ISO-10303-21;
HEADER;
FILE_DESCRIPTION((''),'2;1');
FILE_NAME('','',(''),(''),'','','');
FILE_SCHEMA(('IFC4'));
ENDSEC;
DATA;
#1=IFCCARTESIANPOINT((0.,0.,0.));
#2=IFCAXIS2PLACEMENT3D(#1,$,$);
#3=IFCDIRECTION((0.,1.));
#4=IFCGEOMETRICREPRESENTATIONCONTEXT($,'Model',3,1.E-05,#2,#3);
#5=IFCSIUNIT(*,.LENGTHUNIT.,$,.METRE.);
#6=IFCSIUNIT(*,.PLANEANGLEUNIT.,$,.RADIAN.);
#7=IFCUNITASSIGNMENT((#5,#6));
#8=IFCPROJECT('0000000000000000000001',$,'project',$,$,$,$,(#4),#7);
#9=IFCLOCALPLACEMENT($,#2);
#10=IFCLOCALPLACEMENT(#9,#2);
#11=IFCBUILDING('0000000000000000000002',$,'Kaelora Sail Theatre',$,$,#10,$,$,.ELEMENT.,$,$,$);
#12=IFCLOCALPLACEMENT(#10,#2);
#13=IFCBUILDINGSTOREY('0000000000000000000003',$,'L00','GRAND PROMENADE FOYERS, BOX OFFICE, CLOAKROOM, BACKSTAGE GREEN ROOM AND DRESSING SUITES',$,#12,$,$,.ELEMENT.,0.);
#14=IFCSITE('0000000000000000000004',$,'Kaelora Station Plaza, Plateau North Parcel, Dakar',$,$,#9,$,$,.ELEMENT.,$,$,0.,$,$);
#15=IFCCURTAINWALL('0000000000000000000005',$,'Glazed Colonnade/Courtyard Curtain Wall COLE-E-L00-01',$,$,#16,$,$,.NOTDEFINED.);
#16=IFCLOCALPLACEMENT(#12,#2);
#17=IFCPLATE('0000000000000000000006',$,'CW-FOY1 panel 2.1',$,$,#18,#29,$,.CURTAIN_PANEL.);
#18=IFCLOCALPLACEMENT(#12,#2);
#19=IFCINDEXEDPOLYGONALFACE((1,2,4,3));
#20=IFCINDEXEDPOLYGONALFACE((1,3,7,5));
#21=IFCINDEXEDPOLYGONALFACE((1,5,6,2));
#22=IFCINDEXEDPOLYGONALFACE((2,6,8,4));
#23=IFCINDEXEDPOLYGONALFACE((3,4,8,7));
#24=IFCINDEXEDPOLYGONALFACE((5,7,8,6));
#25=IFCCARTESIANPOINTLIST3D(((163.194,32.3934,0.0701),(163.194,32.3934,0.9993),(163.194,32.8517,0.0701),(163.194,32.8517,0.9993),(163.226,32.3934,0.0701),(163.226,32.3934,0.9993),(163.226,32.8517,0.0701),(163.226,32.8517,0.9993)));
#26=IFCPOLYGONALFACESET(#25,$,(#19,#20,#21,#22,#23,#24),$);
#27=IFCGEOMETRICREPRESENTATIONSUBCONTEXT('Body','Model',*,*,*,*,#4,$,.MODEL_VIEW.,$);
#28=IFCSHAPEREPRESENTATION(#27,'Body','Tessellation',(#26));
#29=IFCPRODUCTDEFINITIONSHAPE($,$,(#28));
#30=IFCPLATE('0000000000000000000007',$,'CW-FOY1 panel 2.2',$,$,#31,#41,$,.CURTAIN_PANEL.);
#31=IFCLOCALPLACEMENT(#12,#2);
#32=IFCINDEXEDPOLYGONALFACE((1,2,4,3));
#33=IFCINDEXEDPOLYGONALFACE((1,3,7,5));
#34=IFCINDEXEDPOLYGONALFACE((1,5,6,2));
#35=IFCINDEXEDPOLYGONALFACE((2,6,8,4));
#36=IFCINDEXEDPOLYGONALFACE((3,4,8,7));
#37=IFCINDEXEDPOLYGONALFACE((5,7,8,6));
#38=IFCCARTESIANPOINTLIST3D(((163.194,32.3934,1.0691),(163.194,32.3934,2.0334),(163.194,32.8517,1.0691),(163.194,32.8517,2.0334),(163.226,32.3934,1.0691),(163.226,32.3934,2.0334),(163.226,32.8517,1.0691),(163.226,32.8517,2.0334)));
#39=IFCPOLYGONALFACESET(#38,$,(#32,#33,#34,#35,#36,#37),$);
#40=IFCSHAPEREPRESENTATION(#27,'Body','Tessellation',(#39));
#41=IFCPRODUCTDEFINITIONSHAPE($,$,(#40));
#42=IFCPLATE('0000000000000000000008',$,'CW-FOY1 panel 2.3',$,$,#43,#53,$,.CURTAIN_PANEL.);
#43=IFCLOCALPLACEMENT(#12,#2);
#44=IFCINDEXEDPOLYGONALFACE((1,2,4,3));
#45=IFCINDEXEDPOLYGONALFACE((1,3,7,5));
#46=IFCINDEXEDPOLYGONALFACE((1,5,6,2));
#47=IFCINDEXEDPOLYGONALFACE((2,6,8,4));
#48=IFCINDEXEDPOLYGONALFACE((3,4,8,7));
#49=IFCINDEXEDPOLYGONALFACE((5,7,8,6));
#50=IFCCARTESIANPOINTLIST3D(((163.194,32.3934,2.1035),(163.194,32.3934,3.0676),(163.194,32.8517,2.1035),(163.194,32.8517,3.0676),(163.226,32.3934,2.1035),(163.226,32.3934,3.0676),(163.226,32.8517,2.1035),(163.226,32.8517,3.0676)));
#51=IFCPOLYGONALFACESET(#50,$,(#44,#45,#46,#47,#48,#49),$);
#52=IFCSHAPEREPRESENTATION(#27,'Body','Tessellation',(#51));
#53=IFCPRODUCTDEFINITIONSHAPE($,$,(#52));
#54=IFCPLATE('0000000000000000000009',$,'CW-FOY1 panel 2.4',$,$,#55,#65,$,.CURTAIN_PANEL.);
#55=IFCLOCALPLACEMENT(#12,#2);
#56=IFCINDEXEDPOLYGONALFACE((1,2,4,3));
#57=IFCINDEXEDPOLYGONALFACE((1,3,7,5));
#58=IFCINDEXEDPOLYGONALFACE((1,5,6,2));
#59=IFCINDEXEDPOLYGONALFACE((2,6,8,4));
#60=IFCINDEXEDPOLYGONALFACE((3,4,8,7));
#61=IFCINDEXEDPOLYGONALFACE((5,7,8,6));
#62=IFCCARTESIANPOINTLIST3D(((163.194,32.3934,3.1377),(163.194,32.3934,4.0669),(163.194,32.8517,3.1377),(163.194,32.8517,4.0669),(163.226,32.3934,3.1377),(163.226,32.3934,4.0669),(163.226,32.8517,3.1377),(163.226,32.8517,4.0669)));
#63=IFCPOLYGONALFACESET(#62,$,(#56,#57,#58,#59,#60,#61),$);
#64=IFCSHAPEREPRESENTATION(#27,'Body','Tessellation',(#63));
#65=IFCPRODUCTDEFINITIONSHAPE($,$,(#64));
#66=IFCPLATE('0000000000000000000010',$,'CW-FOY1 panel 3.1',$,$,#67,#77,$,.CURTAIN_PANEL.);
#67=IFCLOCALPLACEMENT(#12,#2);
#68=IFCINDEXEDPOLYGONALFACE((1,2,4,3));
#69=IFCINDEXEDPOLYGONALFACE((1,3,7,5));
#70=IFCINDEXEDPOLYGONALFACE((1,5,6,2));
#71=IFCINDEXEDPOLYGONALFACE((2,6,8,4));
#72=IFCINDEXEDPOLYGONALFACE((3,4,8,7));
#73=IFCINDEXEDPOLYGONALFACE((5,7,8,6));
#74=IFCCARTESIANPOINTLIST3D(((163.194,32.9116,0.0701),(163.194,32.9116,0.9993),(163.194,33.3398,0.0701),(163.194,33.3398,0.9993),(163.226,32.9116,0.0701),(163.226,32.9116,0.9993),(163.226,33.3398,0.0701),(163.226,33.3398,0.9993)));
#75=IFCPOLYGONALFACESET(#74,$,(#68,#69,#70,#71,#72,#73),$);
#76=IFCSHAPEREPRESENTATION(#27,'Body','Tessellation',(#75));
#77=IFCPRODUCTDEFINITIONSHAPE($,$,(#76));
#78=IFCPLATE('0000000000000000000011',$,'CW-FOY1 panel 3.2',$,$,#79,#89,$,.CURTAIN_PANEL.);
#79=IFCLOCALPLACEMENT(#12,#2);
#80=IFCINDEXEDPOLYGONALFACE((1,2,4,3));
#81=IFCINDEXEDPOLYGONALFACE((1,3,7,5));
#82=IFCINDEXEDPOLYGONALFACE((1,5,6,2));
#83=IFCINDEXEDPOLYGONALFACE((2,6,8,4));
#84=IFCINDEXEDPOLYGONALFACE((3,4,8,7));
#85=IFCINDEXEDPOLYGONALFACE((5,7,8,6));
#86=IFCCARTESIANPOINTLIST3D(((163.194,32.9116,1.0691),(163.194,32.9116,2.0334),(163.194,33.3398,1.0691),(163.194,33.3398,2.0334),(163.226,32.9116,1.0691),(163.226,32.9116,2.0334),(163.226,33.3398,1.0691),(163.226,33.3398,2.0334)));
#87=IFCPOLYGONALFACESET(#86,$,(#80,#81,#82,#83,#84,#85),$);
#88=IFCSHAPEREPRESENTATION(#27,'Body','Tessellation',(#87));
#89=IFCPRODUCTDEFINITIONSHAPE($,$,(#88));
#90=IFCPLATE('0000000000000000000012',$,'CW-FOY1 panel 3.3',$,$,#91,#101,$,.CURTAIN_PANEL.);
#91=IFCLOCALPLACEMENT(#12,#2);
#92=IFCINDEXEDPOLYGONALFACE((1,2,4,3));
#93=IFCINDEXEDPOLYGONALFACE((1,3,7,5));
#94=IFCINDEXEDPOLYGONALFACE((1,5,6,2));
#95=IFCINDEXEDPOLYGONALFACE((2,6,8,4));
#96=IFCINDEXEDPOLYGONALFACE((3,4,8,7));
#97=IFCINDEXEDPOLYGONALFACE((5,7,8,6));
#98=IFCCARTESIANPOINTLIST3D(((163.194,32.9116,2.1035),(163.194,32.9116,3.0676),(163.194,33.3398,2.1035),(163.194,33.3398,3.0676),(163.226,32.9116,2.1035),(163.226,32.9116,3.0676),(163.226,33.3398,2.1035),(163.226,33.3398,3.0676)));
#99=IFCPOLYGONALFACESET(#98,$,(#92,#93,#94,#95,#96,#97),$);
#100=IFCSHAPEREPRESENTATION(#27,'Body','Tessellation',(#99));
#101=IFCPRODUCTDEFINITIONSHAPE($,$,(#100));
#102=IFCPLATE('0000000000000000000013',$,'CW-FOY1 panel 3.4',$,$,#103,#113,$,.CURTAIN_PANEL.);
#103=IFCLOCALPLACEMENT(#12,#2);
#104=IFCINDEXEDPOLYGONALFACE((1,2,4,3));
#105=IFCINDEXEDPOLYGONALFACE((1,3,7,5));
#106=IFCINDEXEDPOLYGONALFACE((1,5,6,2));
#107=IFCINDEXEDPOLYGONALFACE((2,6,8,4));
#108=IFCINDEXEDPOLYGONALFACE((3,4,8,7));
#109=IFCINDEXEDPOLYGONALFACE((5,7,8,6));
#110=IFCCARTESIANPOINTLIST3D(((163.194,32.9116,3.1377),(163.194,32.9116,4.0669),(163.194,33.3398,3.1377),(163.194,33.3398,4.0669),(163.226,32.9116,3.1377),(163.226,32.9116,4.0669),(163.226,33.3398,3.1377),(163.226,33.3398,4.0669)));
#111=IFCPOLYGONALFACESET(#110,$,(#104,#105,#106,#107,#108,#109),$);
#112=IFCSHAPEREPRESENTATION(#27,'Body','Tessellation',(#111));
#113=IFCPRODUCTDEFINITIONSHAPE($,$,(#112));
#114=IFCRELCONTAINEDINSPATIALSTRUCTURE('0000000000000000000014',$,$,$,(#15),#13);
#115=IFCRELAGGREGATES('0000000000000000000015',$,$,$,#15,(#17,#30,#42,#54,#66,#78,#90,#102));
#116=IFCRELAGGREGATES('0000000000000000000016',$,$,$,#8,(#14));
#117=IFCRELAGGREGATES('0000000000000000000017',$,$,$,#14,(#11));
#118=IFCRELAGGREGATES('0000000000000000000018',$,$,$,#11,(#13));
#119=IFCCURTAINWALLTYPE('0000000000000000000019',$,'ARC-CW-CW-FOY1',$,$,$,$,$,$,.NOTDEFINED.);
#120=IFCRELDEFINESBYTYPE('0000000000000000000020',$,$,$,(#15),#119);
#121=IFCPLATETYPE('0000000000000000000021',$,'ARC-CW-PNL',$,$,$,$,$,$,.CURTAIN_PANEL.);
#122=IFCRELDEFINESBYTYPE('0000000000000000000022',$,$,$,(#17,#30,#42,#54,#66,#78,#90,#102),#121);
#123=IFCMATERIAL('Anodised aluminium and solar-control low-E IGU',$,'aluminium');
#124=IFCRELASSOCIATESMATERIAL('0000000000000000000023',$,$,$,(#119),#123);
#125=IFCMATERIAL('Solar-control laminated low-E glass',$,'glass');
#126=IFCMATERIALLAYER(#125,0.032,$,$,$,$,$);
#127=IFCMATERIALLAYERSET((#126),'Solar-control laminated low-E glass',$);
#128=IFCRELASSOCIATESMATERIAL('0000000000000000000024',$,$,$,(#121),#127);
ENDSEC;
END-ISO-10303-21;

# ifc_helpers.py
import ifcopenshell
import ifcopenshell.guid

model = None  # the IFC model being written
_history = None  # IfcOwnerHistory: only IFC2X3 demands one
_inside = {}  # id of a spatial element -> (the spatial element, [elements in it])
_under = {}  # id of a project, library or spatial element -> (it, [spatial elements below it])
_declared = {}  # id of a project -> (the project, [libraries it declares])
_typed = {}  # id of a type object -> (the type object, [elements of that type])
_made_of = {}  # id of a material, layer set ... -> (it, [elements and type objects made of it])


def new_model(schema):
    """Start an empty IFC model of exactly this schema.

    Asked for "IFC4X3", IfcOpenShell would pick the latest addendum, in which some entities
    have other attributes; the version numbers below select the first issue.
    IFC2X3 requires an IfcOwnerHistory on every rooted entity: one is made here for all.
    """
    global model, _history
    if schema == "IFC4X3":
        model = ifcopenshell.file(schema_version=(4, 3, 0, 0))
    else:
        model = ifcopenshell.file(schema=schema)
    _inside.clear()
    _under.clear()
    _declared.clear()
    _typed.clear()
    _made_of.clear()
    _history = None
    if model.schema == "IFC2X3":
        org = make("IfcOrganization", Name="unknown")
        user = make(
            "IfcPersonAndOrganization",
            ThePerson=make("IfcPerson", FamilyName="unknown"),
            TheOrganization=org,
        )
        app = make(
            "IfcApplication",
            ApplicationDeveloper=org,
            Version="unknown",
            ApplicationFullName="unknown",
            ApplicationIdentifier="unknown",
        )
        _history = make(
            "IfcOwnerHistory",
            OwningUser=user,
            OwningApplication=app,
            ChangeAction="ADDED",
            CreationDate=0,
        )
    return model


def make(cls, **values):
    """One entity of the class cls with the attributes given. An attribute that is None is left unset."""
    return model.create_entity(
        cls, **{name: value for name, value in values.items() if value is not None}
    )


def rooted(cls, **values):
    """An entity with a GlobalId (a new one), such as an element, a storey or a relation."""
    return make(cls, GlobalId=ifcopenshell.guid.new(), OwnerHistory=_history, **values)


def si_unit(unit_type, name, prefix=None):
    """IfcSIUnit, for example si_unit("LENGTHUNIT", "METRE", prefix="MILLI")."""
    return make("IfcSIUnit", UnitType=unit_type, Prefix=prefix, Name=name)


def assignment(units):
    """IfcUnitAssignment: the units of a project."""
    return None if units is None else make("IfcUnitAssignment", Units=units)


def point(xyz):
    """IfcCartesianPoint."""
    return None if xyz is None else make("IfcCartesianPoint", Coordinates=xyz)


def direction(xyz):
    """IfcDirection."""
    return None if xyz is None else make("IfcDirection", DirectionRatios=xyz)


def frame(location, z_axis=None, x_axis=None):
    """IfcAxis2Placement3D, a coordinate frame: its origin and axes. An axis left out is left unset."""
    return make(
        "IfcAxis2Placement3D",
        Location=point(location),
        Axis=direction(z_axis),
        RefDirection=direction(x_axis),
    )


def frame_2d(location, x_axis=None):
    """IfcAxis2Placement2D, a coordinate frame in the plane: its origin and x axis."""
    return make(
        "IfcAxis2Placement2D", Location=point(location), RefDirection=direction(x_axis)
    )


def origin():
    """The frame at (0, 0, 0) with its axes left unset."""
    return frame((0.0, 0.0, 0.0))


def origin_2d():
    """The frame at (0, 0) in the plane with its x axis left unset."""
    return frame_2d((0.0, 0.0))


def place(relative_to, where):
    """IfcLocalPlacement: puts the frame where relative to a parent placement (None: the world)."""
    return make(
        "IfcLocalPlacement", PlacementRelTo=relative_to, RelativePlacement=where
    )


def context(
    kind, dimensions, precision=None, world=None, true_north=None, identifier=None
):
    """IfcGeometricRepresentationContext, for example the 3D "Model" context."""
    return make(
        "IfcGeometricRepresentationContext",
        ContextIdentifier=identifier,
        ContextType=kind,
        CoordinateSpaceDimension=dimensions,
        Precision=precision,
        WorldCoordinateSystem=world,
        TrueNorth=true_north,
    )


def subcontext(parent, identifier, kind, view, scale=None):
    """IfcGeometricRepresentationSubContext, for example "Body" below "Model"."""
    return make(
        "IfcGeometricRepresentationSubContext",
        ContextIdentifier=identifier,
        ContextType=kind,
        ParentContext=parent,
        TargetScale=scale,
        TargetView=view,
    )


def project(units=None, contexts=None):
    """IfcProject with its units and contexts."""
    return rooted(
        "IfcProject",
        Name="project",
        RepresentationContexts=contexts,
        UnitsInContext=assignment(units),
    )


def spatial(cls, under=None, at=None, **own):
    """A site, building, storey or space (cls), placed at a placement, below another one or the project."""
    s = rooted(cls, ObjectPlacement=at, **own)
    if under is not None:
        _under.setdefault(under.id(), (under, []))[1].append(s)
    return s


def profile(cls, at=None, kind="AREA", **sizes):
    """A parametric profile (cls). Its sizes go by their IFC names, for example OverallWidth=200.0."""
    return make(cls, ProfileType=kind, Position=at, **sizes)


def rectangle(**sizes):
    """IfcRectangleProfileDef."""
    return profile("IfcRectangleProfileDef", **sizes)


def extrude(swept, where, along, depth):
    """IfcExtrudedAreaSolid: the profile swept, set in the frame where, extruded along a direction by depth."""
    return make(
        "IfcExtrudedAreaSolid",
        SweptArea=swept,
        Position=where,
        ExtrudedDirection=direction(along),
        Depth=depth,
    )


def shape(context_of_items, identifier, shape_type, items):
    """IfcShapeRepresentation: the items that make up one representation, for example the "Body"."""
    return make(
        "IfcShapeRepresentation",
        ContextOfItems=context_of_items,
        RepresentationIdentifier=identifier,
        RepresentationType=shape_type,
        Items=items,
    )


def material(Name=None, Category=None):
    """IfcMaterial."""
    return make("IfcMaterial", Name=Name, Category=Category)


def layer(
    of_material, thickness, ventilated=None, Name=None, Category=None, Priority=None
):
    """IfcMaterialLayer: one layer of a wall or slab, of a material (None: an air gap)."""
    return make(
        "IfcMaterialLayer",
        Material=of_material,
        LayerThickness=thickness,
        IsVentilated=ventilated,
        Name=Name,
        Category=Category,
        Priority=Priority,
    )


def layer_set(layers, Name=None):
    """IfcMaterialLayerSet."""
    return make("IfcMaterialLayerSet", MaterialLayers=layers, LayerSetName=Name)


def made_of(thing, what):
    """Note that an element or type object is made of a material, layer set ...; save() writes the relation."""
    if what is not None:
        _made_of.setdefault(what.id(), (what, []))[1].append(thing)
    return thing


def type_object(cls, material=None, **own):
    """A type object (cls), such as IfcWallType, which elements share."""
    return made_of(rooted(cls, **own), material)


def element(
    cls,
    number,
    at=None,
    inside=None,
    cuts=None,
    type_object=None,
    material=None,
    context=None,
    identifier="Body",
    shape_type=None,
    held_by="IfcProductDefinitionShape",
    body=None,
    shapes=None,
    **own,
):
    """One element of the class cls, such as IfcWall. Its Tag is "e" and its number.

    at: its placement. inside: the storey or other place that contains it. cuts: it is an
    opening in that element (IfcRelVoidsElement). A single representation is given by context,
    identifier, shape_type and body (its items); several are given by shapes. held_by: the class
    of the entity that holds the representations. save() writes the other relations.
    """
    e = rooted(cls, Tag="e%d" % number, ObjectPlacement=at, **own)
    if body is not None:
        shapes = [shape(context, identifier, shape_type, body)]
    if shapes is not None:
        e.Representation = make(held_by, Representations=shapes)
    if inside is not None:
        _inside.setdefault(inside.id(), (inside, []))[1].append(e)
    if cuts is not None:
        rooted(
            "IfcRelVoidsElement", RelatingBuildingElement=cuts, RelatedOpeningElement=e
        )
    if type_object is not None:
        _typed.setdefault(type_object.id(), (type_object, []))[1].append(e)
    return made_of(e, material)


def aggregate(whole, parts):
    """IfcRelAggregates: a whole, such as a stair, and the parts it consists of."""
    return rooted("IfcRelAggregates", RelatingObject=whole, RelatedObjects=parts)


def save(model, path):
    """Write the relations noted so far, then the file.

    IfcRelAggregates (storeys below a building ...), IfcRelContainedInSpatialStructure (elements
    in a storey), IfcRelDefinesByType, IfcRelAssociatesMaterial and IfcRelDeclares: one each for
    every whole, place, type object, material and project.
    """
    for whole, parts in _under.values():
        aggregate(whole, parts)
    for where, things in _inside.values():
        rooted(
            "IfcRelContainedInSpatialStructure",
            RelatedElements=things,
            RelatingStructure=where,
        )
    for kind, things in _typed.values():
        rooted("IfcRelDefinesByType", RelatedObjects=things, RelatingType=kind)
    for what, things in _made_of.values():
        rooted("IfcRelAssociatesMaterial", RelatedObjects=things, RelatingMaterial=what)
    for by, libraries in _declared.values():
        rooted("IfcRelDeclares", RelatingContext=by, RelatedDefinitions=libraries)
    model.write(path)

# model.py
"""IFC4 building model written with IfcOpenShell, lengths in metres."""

from ifc_helpers import new_model, si_unit, direction, frame, origin, origin_2d, place, context, subcontext, project, spatial, rectangle, extrude, material, layer, layer_set, type_object, element, aggregate, save


model = new_model("IFC4")

# Units and contexts
model_context = context("Model", 3, precision=1e-05, world=origin(), true_north=direction((0.0, 1.0)))
body_context = subcontext(model_context, "Body", "Model", "MODEL_VIEW")
ifc_project = project(units=[si_unit("LENGTHUNIT", "METRE"), si_unit("PLANEANGLEUNIT", "RADIAN")], contexts=[model_context])

# Site, building, storey
site_placement = place(None, origin())
site = spatial("IfcSite", under=ifc_project, at=site_placement, Name="Kaelora Station Plaza, Plateau North Parcel, Dakar", CompositionType="ELEMENT", RefElevation=0.0)
building_placement = place(site_placement, origin())
building = spatial("IfcBuilding", under=site, at=building_placement, Name="Kaelora Sail Theatre", CompositionType="ELEMENT")
storey_placement = place(building_placement, origin())
storey = spatial("IfcBuildingStorey", under=building, at=storey_placement, Name="L00", Description="GRAND PROMENADE FOYERS, BOX OFFICE, CLOAKROOM, BACKSTAGE GREEN ROOM AND DRESSING SUITES", CompositionType="ELEMENT", Elevation=0.0)

# Curtain wall
ifc_material_1 = material(Name="Anodised aluminium and solar-control low-E IGU", Category="aluminium")
curtain_wall_type = type_object("IfcCurtainWallType", Name="ARC-CW-CW-FOY1", PredefinedType="NOTDEFINED", material=ifc_material_1)
curtain_wall_placement = place(storey_placement, origin())
curtain_wall = element("IfcCurtainWall", 1, at=curtain_wall_placement, inside=storey, type_object=curtain_wall_type, Name="Glazed Colonnade/Courtyard Curtain Wall COLE-E-L00-01", PredefinedType="NOTDEFINED")

# Plates
ifc_material_2 = material(Name="Solar-control laminated low-E glass", Category="glass")
ifc_layer = layer(ifc_material_2, 0.032)
ifc_layer_set = layer_set([ifc_layer], Name="Solar-control laminated low-E glass")
plate_type = type_object("IfcPlateType", Name="ARC-CW-PNL", PredefinedType="CURTAIN_PANEL", material=ifc_layer_set)
plate_1_placement = place(storey_placement, frame((163.21, 32.6226, 0.0701), z_axis=(0.0, 0.0, 1.0), x_axis=(0.0, 1.0, 0.0)))
plate_1 = element("IfcPlate", 2, at=plate_1_placement, type_object=plate_type, Name="CW-FOY1 panel 2.1", PredefinedType="CURTAIN_PANEL", context=body_context, shape_type="SweptSolid", body=[
    extrude(rectangle(XDim=0.4583, YDim=0.032, at=origin_2d()), origin(), (0.0, 0.0, 1.0), 0.9292),
])
plate_2_placement = place(storey_placement, frame((163.21, 32.6226, 1.0691), z_axis=(0.0, 0.0, 1.0), x_axis=(0.0, 1.0, 0.0)))
plate_2 = element("IfcPlate", 3, at=plate_2_placement, type_object=plate_type, Name="CW-FOY1 panel 2.2", PredefinedType="CURTAIN_PANEL", context=body_context, shape_type="SweptSolid", body=[
    extrude(rectangle(XDim=0.4583, YDim=0.032, at=origin_2d()), origin(), (0.0, 0.0, 1.0), 0.9644),
])
plate_3_placement = place(storey_placement, frame((163.21, 32.6226, 2.1035), z_axis=(0.0, 0.0, 1.0), x_axis=(0.0, 1.0, 0.0)))
plate_3 = element("IfcPlate", 4, at=plate_3_placement, type_object=plate_type, Name="CW-FOY1 panel 2.3", PredefinedType="CURTAIN_PANEL", context=body_context, shape_type="SweptSolid", body=[
    extrude(rectangle(XDim=0.4583, YDim=0.032, at=origin_2d()), origin(), (0.0, 0.0, 1.0), 0.9641),
])
plate_4_placement = place(storey_placement, frame((163.21, 32.6226, 3.1377), z_axis=(0.0, 0.0, 1.0), x_axis=(0.0, 1.0, 0.0)))
plate_4 = element("IfcPlate", 5, at=plate_4_placement, type_object=plate_type, Name="CW-FOY1 panel 2.4", PredefinedType="CURTAIN_PANEL", context=body_context, shape_type="SweptSolid", body=[
    extrude(rectangle(XDim=0.4583, YDim=0.032, at=origin_2d()), origin(), (0.0, 0.0, 1.0), 0.9292),
])
plate_5_placement = place(storey_placement, frame((163.21, 33.1257, 0.0701), z_axis=(0.0, 0.0, 1.0), x_axis=(0.0, 1.0, 0.0)))
plate_5 = element("IfcPlate", 6, at=plate_5_placement, type_object=plate_type, Name="CW-FOY1 panel 3.1", PredefinedType="CURTAIN_PANEL", context=body_context, shape_type="SweptSolid", body=[
    extrude(rectangle(XDim=0.4282, YDim=0.032, at=origin_2d()), origin(), (0.0, 0.0, 1.0), 0.9292),
])
plate_6_placement = place(storey_placement, frame((163.21, 33.1257, 1.0691), z_axis=(0.0, 0.0, 1.0), x_axis=(0.0, 1.0, 0.0)))
plate_6 = element("IfcPlate", 7, at=plate_6_placement, type_object=plate_type, Name="CW-FOY1 panel 3.2", PredefinedType="CURTAIN_PANEL", context=body_context, shape_type="SweptSolid", body=[
    extrude(rectangle(XDim=0.4282, YDim=0.032, at=origin_2d()), origin(), (0.0, 0.0, 1.0), 0.9644),
])
plate_7_placement = place(storey_placement, frame((163.21, 33.1257, 2.1035), z_axis=(0.0, 0.0, 1.0), x_axis=(0.0, 1.0, 0.0)))
plate_7 = element("IfcPlate", 8, at=plate_7_placement, type_object=plate_type, Name="CW-FOY1 panel 3.3", PredefinedType="CURTAIN_PANEL", context=body_context, shape_type="SweptSolid", body=[
    extrude(rectangle(XDim=0.4282, YDim=0.032, at=origin_2d()), origin(), (0.0, 0.0, 1.0), 0.9641),
])
plate_8_placement = place(storey_placement, frame((163.21, 33.1257, 3.1377), z_axis=(0.0, 0.0, 1.0), x_axis=(0.0, 1.0, 0.0)))
plate_8 = element("IfcPlate", 9, at=plate_8_placement, type_object=plate_type, Name="CW-FOY1 panel 3.4", PredefinedType="CURTAIN_PANEL", context=body_context, shape_type="SweptSolid", body=[
    extrude(rectangle(XDim=0.4282, YDim=0.032, at=origin_2d()), origin(), (0.0, 0.0, 1.0), 0.9292),
])
aggregate(curtain_wall, [plate_1, plate_2, plate_3, plate_4, plate_5, plate_6, plate_7, plate_8])

save(model, "model.ifc")
